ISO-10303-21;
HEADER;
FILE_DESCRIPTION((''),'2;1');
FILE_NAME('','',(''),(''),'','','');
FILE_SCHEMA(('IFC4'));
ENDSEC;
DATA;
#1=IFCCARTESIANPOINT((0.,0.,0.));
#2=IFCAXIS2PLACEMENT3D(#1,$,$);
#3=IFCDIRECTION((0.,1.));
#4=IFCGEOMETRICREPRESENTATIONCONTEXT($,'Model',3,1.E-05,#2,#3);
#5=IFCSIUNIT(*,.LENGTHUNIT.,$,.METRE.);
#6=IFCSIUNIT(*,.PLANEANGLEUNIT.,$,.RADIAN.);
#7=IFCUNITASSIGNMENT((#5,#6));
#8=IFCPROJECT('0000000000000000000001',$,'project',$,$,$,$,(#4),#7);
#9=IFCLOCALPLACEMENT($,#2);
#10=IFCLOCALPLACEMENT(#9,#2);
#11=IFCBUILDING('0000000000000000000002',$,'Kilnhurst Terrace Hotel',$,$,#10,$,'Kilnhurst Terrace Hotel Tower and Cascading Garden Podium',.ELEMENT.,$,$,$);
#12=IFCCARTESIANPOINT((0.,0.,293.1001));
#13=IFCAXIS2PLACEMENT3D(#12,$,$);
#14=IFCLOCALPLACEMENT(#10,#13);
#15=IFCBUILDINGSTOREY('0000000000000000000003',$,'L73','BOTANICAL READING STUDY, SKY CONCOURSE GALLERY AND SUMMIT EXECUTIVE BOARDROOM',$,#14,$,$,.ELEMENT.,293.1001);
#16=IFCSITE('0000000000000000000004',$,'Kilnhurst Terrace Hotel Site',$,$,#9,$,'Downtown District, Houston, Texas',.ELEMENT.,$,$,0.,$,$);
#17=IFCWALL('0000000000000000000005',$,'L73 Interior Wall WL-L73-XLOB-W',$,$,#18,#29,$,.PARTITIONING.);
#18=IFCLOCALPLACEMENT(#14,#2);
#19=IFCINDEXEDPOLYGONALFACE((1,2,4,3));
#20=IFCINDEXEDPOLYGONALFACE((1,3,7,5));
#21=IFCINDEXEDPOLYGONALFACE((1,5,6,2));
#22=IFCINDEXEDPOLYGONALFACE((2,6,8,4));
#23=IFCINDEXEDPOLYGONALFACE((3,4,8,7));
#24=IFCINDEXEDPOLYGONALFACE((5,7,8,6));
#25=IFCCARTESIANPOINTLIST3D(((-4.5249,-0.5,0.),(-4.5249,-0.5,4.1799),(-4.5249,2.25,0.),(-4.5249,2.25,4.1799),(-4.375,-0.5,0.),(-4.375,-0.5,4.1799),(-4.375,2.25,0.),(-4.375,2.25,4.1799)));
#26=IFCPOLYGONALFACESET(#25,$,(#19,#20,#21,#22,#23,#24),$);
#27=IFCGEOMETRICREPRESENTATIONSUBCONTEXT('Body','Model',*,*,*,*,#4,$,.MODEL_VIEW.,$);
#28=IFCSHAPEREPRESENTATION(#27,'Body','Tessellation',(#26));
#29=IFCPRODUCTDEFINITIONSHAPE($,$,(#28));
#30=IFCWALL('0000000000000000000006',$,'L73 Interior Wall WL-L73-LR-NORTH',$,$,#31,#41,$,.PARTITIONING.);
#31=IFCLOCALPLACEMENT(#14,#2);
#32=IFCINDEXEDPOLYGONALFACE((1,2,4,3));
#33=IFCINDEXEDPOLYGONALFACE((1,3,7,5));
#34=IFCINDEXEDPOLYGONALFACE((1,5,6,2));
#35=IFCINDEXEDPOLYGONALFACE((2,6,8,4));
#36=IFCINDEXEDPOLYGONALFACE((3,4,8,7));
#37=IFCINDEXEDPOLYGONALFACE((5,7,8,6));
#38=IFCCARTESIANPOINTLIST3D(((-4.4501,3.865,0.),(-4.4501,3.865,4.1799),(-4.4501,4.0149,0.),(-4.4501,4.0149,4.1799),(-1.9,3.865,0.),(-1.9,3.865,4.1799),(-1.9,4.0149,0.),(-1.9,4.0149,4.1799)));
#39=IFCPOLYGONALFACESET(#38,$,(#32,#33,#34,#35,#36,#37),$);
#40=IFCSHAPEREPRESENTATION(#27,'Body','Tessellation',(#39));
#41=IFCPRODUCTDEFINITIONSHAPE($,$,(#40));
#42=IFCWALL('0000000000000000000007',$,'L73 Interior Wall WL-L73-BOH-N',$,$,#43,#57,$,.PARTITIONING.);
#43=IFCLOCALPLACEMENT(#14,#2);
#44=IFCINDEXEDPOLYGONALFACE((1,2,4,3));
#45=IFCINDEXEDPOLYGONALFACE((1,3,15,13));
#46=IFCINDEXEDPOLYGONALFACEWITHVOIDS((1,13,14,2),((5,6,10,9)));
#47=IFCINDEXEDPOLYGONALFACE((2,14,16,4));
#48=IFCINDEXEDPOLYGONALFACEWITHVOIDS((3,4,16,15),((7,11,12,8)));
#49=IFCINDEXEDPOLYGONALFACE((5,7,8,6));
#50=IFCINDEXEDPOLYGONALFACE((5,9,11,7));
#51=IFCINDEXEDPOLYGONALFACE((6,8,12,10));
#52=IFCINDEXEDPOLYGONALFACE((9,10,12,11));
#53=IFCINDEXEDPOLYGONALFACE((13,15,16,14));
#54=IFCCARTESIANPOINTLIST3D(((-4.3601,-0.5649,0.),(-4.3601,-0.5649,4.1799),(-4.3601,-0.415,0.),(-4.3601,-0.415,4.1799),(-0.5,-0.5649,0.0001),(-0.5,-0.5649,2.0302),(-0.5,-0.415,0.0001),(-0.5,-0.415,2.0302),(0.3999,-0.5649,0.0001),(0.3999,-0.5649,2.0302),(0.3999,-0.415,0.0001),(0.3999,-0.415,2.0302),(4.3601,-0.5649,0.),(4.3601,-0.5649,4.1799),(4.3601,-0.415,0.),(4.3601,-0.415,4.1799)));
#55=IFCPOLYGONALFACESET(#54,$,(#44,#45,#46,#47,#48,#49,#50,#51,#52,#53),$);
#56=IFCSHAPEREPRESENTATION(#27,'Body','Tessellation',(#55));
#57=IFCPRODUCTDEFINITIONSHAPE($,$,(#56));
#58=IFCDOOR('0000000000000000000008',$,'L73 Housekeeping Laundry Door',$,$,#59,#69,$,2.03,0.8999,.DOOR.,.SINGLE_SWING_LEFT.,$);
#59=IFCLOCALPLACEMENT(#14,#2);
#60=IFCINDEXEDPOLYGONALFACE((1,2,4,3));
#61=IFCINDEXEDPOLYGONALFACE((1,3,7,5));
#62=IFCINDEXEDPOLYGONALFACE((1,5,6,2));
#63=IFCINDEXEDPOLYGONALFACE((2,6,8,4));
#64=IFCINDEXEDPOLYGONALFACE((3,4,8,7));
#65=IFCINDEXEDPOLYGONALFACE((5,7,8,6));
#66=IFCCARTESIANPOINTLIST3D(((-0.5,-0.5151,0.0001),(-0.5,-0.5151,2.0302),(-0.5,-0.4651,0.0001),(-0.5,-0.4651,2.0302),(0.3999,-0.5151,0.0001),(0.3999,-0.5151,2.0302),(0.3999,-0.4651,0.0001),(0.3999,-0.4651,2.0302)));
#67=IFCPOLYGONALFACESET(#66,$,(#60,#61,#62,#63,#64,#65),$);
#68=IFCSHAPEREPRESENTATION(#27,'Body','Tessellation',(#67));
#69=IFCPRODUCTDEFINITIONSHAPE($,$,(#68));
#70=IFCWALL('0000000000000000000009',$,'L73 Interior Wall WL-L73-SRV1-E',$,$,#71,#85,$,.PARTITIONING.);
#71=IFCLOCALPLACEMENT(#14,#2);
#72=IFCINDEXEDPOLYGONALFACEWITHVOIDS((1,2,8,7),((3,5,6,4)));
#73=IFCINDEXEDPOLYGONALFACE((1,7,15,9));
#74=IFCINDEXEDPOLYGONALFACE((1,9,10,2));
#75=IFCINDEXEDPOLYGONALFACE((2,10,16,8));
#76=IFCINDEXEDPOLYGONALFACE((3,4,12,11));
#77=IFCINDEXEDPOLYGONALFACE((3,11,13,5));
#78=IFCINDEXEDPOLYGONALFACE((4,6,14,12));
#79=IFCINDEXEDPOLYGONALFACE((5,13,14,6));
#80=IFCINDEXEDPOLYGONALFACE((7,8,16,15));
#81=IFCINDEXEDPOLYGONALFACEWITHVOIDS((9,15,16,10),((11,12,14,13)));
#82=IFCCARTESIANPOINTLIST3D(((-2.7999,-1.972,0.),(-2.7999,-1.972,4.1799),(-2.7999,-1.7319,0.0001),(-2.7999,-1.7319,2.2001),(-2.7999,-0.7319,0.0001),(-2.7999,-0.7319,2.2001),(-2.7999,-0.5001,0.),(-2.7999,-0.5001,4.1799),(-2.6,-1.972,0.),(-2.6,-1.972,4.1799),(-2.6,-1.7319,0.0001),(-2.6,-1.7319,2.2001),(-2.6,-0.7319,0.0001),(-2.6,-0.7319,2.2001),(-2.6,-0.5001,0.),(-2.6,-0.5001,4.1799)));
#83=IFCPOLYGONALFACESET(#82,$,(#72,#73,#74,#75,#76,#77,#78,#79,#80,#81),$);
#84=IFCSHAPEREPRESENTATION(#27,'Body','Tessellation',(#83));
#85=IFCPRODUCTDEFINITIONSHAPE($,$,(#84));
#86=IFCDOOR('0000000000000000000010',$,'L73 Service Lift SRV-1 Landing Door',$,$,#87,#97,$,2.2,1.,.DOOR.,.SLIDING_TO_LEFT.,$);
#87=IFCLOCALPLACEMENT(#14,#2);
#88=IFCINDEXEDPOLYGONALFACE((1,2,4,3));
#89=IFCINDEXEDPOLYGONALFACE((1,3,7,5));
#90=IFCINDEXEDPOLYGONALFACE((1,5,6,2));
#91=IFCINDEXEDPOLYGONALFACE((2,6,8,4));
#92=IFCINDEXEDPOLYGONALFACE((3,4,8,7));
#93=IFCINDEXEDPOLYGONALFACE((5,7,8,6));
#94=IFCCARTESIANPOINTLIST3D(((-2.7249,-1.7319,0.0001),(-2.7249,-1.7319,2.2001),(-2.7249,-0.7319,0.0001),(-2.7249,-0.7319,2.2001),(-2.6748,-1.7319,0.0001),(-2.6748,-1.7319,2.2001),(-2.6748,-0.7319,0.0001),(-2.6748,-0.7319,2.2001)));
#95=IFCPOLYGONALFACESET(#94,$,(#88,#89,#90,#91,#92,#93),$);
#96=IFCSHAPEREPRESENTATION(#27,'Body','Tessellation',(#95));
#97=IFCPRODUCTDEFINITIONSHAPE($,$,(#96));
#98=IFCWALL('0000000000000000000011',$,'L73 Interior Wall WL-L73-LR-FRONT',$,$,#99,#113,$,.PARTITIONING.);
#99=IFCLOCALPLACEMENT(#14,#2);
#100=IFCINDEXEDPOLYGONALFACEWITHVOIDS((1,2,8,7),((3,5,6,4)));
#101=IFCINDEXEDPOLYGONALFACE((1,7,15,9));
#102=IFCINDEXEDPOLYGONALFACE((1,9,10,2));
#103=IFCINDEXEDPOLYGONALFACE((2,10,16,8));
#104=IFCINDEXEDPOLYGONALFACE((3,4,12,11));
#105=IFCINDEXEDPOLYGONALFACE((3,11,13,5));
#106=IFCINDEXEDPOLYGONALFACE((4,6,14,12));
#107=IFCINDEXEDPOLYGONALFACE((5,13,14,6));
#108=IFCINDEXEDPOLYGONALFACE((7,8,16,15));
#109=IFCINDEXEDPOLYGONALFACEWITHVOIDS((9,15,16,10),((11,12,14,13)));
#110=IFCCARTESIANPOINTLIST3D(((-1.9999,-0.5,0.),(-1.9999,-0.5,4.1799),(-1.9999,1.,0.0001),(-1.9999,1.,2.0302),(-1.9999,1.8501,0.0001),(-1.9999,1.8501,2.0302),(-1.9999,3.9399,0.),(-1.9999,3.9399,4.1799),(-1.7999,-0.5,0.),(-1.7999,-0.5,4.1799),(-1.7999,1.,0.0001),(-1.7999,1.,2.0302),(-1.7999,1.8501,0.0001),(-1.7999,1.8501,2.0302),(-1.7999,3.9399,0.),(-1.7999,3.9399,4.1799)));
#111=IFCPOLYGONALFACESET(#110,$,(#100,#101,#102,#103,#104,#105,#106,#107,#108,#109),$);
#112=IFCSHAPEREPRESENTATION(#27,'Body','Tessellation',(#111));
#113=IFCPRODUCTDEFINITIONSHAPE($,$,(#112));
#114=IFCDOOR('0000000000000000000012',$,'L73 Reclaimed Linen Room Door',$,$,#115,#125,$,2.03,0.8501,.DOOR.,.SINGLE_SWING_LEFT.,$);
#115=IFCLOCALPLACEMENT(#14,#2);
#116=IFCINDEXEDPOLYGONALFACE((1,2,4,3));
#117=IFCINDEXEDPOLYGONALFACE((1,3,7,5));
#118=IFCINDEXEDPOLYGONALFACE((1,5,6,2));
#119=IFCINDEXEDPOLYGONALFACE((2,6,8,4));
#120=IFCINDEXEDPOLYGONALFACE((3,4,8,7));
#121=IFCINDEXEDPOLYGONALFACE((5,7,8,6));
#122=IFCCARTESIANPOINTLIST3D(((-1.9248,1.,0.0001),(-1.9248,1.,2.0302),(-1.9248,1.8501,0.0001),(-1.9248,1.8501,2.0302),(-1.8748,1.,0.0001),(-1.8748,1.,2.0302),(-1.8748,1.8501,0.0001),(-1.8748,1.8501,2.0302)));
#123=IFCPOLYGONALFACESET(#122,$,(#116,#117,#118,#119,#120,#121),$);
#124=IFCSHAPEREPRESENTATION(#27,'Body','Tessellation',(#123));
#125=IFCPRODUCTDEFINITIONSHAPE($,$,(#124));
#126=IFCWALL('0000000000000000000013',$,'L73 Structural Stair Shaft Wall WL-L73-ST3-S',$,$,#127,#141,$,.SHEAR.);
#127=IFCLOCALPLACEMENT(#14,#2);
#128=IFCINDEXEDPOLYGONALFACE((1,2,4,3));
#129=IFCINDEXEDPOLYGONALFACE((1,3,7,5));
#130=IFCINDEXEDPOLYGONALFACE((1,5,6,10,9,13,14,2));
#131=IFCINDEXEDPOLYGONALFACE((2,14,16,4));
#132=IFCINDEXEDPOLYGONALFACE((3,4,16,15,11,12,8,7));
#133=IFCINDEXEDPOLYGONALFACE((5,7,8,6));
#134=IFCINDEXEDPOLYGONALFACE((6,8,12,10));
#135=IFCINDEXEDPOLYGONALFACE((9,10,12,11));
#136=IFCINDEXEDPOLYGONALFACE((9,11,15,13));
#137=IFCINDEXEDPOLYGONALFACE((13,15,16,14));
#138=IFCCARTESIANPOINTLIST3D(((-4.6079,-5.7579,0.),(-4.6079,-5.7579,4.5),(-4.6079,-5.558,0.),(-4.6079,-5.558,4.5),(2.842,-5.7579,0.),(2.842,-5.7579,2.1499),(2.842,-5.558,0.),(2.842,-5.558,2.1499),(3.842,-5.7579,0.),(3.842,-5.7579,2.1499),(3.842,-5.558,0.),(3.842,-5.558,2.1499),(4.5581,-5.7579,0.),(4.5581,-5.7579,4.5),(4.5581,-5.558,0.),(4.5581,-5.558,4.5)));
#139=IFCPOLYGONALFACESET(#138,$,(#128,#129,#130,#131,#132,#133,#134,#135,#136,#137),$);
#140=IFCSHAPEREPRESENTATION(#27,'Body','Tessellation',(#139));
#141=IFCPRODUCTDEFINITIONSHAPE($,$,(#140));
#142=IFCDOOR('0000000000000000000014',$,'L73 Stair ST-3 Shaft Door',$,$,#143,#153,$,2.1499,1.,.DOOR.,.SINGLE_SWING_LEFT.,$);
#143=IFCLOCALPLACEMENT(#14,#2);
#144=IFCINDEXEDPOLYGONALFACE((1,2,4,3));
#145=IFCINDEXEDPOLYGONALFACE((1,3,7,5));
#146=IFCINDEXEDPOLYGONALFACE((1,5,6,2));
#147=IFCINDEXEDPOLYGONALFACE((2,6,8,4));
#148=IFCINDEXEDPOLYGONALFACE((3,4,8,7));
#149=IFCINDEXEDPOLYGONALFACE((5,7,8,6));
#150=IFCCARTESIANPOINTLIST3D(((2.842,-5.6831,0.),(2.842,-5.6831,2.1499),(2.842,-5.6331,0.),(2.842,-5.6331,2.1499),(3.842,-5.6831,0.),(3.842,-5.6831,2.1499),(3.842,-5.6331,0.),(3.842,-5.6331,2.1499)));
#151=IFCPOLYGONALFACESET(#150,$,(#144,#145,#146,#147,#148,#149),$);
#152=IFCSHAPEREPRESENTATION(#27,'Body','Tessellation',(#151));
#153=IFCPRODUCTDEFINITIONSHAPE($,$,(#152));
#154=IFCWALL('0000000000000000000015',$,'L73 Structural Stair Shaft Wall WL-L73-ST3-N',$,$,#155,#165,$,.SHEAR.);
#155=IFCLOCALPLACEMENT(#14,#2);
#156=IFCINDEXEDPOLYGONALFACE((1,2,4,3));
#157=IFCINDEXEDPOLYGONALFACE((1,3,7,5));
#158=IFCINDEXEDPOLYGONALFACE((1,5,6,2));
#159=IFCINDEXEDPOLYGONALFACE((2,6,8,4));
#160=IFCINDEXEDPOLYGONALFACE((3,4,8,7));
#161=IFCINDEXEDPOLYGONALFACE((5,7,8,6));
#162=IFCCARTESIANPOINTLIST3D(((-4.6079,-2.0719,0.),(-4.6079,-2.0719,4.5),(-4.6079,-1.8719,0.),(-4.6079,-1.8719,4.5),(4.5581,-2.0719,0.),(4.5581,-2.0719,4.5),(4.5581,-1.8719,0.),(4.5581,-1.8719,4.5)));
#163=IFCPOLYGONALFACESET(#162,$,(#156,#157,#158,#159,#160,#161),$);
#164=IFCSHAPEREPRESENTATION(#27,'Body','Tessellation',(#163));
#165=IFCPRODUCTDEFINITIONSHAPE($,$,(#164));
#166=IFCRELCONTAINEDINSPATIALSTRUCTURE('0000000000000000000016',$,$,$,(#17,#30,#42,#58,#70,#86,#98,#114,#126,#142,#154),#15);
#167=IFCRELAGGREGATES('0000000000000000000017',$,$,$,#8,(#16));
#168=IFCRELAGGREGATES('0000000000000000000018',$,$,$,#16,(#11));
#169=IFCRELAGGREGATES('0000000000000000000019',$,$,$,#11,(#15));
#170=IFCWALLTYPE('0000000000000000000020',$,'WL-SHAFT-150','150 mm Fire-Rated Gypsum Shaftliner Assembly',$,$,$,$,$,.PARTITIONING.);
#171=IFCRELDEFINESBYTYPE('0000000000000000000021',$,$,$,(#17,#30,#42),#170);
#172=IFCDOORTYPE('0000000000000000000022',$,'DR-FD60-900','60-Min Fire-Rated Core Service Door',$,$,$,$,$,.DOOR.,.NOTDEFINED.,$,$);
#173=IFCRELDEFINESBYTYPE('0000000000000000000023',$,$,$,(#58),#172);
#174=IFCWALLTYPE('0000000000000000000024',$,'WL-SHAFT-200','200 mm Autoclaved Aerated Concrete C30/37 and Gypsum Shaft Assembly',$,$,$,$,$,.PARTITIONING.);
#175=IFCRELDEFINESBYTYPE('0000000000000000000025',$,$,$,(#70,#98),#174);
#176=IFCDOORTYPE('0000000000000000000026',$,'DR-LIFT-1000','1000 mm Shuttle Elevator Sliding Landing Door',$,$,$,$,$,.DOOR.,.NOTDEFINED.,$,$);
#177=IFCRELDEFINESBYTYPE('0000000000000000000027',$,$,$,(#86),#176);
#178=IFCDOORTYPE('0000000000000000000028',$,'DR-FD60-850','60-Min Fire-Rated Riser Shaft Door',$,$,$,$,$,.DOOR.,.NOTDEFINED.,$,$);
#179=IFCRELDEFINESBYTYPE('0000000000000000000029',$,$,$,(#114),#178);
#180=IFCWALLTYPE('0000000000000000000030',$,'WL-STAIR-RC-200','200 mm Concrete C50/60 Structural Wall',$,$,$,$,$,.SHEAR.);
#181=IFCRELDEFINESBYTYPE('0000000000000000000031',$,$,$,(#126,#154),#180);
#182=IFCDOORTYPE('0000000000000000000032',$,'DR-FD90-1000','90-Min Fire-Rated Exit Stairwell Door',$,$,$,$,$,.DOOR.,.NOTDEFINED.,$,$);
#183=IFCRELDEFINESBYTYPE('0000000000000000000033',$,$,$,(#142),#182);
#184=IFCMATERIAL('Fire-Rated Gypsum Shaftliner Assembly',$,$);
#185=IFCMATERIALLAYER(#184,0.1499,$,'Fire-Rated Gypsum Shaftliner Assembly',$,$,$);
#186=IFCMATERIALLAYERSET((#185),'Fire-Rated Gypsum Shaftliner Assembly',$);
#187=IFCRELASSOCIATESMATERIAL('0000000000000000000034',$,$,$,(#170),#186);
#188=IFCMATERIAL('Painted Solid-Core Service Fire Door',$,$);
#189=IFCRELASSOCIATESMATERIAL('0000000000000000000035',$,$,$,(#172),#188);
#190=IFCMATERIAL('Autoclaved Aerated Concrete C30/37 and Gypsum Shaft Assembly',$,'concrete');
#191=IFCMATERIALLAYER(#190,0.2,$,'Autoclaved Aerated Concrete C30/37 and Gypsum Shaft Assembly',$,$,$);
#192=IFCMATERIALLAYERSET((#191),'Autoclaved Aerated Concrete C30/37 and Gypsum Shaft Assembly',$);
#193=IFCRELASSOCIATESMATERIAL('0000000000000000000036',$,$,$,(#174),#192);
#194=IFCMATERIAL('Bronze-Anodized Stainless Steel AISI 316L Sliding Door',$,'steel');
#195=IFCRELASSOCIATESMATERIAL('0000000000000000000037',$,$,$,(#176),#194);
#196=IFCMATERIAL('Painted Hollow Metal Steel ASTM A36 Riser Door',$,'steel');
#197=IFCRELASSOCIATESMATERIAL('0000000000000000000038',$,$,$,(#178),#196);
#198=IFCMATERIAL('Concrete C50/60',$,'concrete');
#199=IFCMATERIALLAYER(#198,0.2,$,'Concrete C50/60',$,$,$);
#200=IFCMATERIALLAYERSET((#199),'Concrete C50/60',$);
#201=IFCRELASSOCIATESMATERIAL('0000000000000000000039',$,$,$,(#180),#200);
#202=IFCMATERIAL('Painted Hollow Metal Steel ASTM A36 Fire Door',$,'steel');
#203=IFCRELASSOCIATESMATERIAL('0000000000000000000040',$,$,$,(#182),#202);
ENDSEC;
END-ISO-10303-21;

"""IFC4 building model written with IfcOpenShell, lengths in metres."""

from ifc_helpers import new_model, si_unit, direction, frame, frame_2d, origin, place, context, subcontext, project, spatial, rectangle, extrude, material, layer, layer_set, type_object, element, fill, save


model = new_model("IFC4")

# Units and contexts
model_context = context("Model", 3, precision=1e-05, world=origin(), true_north=direction((0.0, 1.0)))
body_context = subcontext(model_context, "Body", "Model", "MODEL_VIEW")
ifc_project = project(units=[si_unit("LENGTHUNIT", "METRE"), si_unit("PLANEANGLEUNIT", "RADIAN")], contexts=[model_context])

# Site, building, storey
site_placement = place(None, origin())
site = spatial("IfcSite", under=ifc_project, at=site_placement, Name="Kilnhurst Terrace Hotel Site", LongName="Downtown District, Houston, Texas", CompositionType="ELEMENT", RefElevation=0.0)
building_placement = place(site_placement, origin())
building = spatial("IfcBuilding", under=site, at=building_placement, Name="Kilnhurst Terrace Hotel", LongName="Kilnhurst Terrace Hotel Tower and Cascading Garden Podium", CompositionType="ELEMENT")
storey_placement = place(building_placement, frame((0.0, 0.0, 293.1001)))
storey = spatial("IfcBuildingStorey", under=building, at=storey_placement, Name="L73", Description="BOTANICAL READING STUDY, SKY CONCOURSE GALLERY AND SUMMIT EXECUTIVE BOARDROOM", CompositionType="ELEMENT", Elevation=293.1001)

# Shared definitions
ifc_material_1 = material(Name="Concrete C50/60", Category="concrete")

# Walls
ifc_material_2 = material(Name="Fire-Rated Gypsum Shaftliner Assembly")
ifc_layer_1 = layer(ifc_material_2, 0.1499, Name="Fire-Rated Gypsum Shaftliner Assembly")
ifc_layer_set_1 = layer_set([ifc_layer_1], Name="Fire-Rated Gypsum Shaftliner Assembly")
wall_type_1 = type_object("IfcWallType", Name="WL-SHAFT-150", Description="150 mm Fire-Rated Gypsum Shaftliner Assembly", PredefinedType="PARTITIONING", material=ifc_layer_set_1)
wall_1_placement = place(storey_placement, frame((-4.45, -0.5, 0.0), z_axis=(0.0, 0.0, 1.0), x_axis=(0.0, 1.0, 0.0)))
element("IfcWall", 1, at=wall_1_placement, inside=storey, type_object=wall_type_1, Name="L73 Interior Wall WL-L73-XLOB-W", PredefinedType="PARTITIONING", context=body_context, shape_type="SweptSolid", body=[
    extrude(rectangle(XDim=2.75, YDim=0.1499, at=frame_2d((1.375, 0.0))), origin(), (0.0, 0.0, 1.0), 4.1799),
])
wall_2_placement = place(storey_placement, frame((-4.45, 3.9399, 0.0), z_axis=(0.0, 0.0, 1.0), x_axis=(1.0, 0.0, 0.0)))
element("IfcWall", 2, at=wall_2_placement, inside=storey, type_object=wall_type_1, Name="L73 Interior Wall WL-L73-LR-NORTH", PredefinedType="PARTITIONING", context=body_context, shape_type="SweptSolid", body=[
    extrude(rectangle(XDim=2.55, YDim=0.1499, at=frame_2d((1.2749, 0.0))), origin(), (0.0, 0.0, 1.0), 4.1799),
])

# Walls, openings, doors
wall_3_placement = place(storey_placement, frame((-4.3601, -0.49, 0.0), z_axis=(0.0, 0.0, 1.0), x_axis=(1.0, 0.0, 0.0)))
wall_3 = element("IfcWall", 3, at=wall_3_placement, inside=storey, type_object=wall_type_1, Name="L73 Interior Wall WL-L73-BOH-N", PredefinedType="PARTITIONING", context=body_context, shape_type="SweptSolid", body=[
    extrude(rectangle(XDim=8.7202, YDim=0.1499, at=frame_2d((4.3601, 0.0))), origin(), (0.0, 0.0, 1.0), 4.1799),
])
opening_1_placement = place(wall_3_placement, frame((3.8601, 0.0, 0.0)))
opening_1 = element("IfcOpeningElement", 4, at=opening_1_placement, cuts=wall_3, PredefinedType="OPENING", context=body_context, shape_type="SweptSolid", body=[
    extrude(rectangle(XDim=0.8999, YDim=2.03, at=frame_2d((0.45, 1.0151))), frame((0.0, 0.085, 0.0), z_axis=(0.0, -1.0, 0.0), x_axis=(1.0, 0.0, 0.0)), (0.0, 0.0, 1.0), 0.1699),
])
ifc_material_3 = material(Name="Painted Solid-Core Service Fire Door")
door_type_1 = type_object("IfcDoorType", Name="DR-FD60-900", Description="60-Min Fire-Rated Core Service Door", OperationType="NOTDEFINED", PredefinedType="DOOR", material=ifc_material_3)
door_1_placement = place(opening_1_placement, origin())
door_1 = element("IfcDoor", 5, at=door_1_placement, inside=storey, type_object=door_type_1, Name="L73 Housekeeping Laundry Door", OperationType="SINGLE_SWING_LEFT", OverallHeight=2.03, OverallWidth=0.8999, PredefinedType="DOOR", context=body_context, shape_type="SweptSolid", body=[
    extrude(rectangle(XDim=0.8999, YDim=2.03, at=frame_2d((0.45, 1.0151))), frame((0.0, 0.0249, 0.0), z_axis=(0.0, -1.0, 0.0), x_axis=(1.0, 0.0, 0.0)), (0.0, 0.0, 1.0), 0.05),
])
fill(opening_1, door_1)
ifc_material_4 = material(Name="Autoclaved Aerated Concrete C30/37 and Gypsum Shaft Assembly", Category="concrete")
ifc_layer_2 = layer(ifc_material_4, 0.2, Name="Autoclaved Aerated Concrete C30/37 and Gypsum Shaft Assembly")
ifc_layer_set_2 = layer_set([ifc_layer_2], Name="Autoclaved Aerated Concrete C30/37 and Gypsum Shaft Assembly")
wall_type_2 = type_object("IfcWallType", Name="WL-SHAFT-200", Description="200 mm Autoclaved Aerated Concrete C30/37 and Gypsum Shaft Assembly", PredefinedType="PARTITIONING", material=ifc_layer_set_2)
wall_4_placement = place(storey_placement, frame((-2.7, -1.9719, 0.0), z_axis=(0.0, 0.0, 1.0), x_axis=(0.0, 1.0, 0.0)))
wall_4 = element("IfcWall", 6, at=wall_4_placement, inside=storey, type_object=wall_type_2, Name="L73 Interior Wall WL-L73-SRV1-E", PredefinedType="PARTITIONING", context=body_context, shape_type="SweptSolid", body=[
    extrude(rectangle(XDim=1.4719, YDim=0.2, at=frame_2d((0.7358, 0.0))), origin(), (0.0, 0.0, 1.0), 4.1799),
])
opening_2_placement = place(wall_4_placement, frame((0.24, 0.0, 0.0)))
opening_2 = element("IfcOpeningElement", 7, at=opening_2_placement, cuts=wall_4, PredefinedType="OPENING", context=body_context, shape_type="SweptSolid", body=[
    extrude(rectangle(XDim=1.0, YDim=2.2, at=frame_2d((0.5, 1.1001))), frame((0.0, 0.1099, 0.0), z_axis=(0.0, -1.0, 0.0), x_axis=(1.0, 0.0, 0.0)), (0.0, 0.0, 1.0), 0.22),
])
ifc_material_5 = material(Name="Bronze-Anodized Stainless Steel AISI 316L Sliding Door", Category="steel")
door_type_2 = type_object("IfcDoorType", Name="DR-LIFT-1000", Description="1000 mm Shuttle Elevator Sliding Landing Door", OperationType="NOTDEFINED", PredefinedType="DOOR", material=ifc_material_5)
door_2_placement = place(opening_2_placement, origin())
door_2 = element("IfcDoor", 8, at=door_2_placement, inside=storey, type_object=door_type_2, Name="L73 Service Lift SRV-1 Landing Door", OperationType="SLIDING_TO_LEFT", OverallHeight=2.2, OverallWidth=1.0, PredefinedType="DOOR", context=body_context, shape_type="SweptSolid", body=[
    extrude(rectangle(XDim=1.0, YDim=2.2, at=frame_2d((0.5, 1.1001))), frame((0.0, 0.0249, 0.0), z_axis=(0.0, -1.0, 0.0), x_axis=(1.0, 0.0, 0.0)), (0.0, 0.0, 1.0), 0.05),
])
fill(opening_2, door_2)
wall_5_placement = place(storey_placement, frame((-1.8999, -0.5, 0.0), z_axis=(0.0, 0.0, 1.0), x_axis=(0.0, 1.0, 0.0)))
wall_5 = element("IfcWall", 9, at=wall_5_placement, inside=storey, type_object=wall_type_2, Name="L73 Interior Wall WL-L73-LR-FRONT", PredefinedType="PARTITIONING", context=body_context, shape_type="SweptSolid", body=[
    extrude(rectangle(XDim=4.4399, YDim=0.2, at=frame_2d((2.22, 0.0))), origin(), (0.0, 0.0, 1.0), 4.1799),
])
opening_3_placement = place(wall_5_placement, frame((1.5, 0.0, 0.0)))
opening_3 = element("IfcOpeningElement", 10, at=opening_3_placement, cuts=wall_5, PredefinedType="OPENING", context=body_context, shape_type="SweptSolid", body=[
    extrude(rectangle(XDim=0.8501, YDim=2.03, at=frame_2d((0.425, 1.0151))), frame((0.0, 0.1099, 0.0), z_axis=(0.0, -1.0, 0.0), x_axis=(1.0, 0.0, 0.0)), (0.0, 0.0, 1.0), 0.22),
])
ifc_material_6 = material(Name="Painted Hollow Metal Steel ASTM A36 Riser Door", Category="steel")
door_type_3 = type_object("IfcDoorType", Name="DR-FD60-850", Description="60-Min Fire-Rated Riser Shaft Door", OperationType="NOTDEFINED", PredefinedType="DOOR", material=ifc_material_6)
door_3_placement = place(opening_3_placement, origin())
door_3 = element("IfcDoor", 11, at=door_3_placement, inside=storey, type_object=door_type_3, Name="L73 Reclaimed Linen Room Door", OperationType="SINGLE_SWING_LEFT", OverallHeight=2.03, OverallWidth=0.8501, PredefinedType="DOOR", context=body_context, shape_type="SweptSolid", body=[
    extrude(rectangle(XDim=0.8501, YDim=2.03, at=frame_2d((0.425, 1.0151))), frame((0.0, 0.0249, 0.0), z_axis=(0.0, -1.0, 0.0), x_axis=(1.0, 0.0, 0.0)), (0.0, 0.0, 1.0), 0.05),
])
fill(opening_3, door_3)
ifc_layer_3 = layer(ifc_material_1, 0.2, Name="Concrete C50/60")
ifc_layer_set_3 = layer_set([ifc_layer_3], Name="Concrete C50/60")
wall_type_3 = type_object("IfcWallType", Name="WL-STAIR-RC-200", Description="200 mm Concrete C50/60 Structural Wall", PredefinedType="SHEAR", material=ifc_layer_set_3)
wall_6_placement = place(storey_placement, frame((-4.6079, -5.658, 0.0), z_axis=(0.0, 0.0, 1.0), x_axis=(1.0, 0.0, 0.0)))
wall_6 = element("IfcWall", 12, at=wall_6_placement, inside=storey, type_object=wall_type_3, Name="L73 Structural Stair Shaft Wall WL-L73-ST3-S", PredefinedType="SHEAR", context=body_context, shape_type="SweptSolid", body=[
    extrude(rectangle(XDim=9.166, YDim=0.2, at=frame_2d((4.583, 0.0))), origin(), (0.0, 0.0, 1.0), 4.5),
])
opening_4_placement = place(wall_6_placement, frame((7.45, 0.0, 0.0)))
opening_4 = element("IfcOpeningElement", 13, at=opening_4_placement, cuts=wall_6, PredefinedType="OPENING", context=body_context, shape_type="SweptSolid", body=[
    extrude(rectangle(XDim=1.0, YDim=2.1499, at=frame_2d((0.5, 1.075))), frame((0.0, 0.1099, 0.0), z_axis=(0.0, -1.0, 0.0), x_axis=(1.0, 0.0, 0.0)), (0.0, 0.0, 1.0), 0.22),
])
ifc_material_7 = material(Name="Painted Hollow Metal Steel ASTM A36 Fire Door", Category="steel")
door_type_4 = type_object("IfcDoorType", Name="DR-FD90-1000", Description="90-Min Fire-Rated Exit Stairwell Door", OperationType="NOTDEFINED", PredefinedType="DOOR", material=ifc_material_7)
door_4_placement = place(opening_4_placement, origin())
door_4 = element("IfcDoor", 14, at=door_4_placement, inside=storey, type_object=door_type_4, Name="L73 Stair ST-3 Shaft Door", OperationType="SINGLE_SWING_LEFT", OverallHeight=2.1499, OverallWidth=1.0, PredefinedType="DOOR", context=body_context, shape_type="SweptSolid", body=[
    extrude(rectangle(XDim=1.0, YDim=2.1499, at=frame_2d((0.5, 1.075))), frame((0.0, 0.0249, 0.0), z_axis=(0.0, -1.0, 0.0), x_axis=(1.0, 0.0, 0.0)), (0.0, 0.0, 1.0), 0.05),
])
fill(opening_4, door_4)

# Wall
wall_7_placement = place(storey_placement, frame((-4.6079, -1.9719, 0.0), z_axis=(0.0, 0.0, 1.0), x_axis=(1.0, 0.0, 0.0)))
element("IfcWall", 15, at=wall_7_placement, inside=storey, type_object=wall_type_3, Name="L73 Structural Stair Shaft Wall WL-L73-ST3-N", PredefinedType="SHEAR", context=body_context, shape_type="SweptSolid", body=[
    extrude(rectangle(XDim=9.166, YDim=0.2, at=frame_2d((4.583, 0.0))), origin(), (0.0, 0.0, 1.0), 4.5),
])

save(model, "model.ifc")
